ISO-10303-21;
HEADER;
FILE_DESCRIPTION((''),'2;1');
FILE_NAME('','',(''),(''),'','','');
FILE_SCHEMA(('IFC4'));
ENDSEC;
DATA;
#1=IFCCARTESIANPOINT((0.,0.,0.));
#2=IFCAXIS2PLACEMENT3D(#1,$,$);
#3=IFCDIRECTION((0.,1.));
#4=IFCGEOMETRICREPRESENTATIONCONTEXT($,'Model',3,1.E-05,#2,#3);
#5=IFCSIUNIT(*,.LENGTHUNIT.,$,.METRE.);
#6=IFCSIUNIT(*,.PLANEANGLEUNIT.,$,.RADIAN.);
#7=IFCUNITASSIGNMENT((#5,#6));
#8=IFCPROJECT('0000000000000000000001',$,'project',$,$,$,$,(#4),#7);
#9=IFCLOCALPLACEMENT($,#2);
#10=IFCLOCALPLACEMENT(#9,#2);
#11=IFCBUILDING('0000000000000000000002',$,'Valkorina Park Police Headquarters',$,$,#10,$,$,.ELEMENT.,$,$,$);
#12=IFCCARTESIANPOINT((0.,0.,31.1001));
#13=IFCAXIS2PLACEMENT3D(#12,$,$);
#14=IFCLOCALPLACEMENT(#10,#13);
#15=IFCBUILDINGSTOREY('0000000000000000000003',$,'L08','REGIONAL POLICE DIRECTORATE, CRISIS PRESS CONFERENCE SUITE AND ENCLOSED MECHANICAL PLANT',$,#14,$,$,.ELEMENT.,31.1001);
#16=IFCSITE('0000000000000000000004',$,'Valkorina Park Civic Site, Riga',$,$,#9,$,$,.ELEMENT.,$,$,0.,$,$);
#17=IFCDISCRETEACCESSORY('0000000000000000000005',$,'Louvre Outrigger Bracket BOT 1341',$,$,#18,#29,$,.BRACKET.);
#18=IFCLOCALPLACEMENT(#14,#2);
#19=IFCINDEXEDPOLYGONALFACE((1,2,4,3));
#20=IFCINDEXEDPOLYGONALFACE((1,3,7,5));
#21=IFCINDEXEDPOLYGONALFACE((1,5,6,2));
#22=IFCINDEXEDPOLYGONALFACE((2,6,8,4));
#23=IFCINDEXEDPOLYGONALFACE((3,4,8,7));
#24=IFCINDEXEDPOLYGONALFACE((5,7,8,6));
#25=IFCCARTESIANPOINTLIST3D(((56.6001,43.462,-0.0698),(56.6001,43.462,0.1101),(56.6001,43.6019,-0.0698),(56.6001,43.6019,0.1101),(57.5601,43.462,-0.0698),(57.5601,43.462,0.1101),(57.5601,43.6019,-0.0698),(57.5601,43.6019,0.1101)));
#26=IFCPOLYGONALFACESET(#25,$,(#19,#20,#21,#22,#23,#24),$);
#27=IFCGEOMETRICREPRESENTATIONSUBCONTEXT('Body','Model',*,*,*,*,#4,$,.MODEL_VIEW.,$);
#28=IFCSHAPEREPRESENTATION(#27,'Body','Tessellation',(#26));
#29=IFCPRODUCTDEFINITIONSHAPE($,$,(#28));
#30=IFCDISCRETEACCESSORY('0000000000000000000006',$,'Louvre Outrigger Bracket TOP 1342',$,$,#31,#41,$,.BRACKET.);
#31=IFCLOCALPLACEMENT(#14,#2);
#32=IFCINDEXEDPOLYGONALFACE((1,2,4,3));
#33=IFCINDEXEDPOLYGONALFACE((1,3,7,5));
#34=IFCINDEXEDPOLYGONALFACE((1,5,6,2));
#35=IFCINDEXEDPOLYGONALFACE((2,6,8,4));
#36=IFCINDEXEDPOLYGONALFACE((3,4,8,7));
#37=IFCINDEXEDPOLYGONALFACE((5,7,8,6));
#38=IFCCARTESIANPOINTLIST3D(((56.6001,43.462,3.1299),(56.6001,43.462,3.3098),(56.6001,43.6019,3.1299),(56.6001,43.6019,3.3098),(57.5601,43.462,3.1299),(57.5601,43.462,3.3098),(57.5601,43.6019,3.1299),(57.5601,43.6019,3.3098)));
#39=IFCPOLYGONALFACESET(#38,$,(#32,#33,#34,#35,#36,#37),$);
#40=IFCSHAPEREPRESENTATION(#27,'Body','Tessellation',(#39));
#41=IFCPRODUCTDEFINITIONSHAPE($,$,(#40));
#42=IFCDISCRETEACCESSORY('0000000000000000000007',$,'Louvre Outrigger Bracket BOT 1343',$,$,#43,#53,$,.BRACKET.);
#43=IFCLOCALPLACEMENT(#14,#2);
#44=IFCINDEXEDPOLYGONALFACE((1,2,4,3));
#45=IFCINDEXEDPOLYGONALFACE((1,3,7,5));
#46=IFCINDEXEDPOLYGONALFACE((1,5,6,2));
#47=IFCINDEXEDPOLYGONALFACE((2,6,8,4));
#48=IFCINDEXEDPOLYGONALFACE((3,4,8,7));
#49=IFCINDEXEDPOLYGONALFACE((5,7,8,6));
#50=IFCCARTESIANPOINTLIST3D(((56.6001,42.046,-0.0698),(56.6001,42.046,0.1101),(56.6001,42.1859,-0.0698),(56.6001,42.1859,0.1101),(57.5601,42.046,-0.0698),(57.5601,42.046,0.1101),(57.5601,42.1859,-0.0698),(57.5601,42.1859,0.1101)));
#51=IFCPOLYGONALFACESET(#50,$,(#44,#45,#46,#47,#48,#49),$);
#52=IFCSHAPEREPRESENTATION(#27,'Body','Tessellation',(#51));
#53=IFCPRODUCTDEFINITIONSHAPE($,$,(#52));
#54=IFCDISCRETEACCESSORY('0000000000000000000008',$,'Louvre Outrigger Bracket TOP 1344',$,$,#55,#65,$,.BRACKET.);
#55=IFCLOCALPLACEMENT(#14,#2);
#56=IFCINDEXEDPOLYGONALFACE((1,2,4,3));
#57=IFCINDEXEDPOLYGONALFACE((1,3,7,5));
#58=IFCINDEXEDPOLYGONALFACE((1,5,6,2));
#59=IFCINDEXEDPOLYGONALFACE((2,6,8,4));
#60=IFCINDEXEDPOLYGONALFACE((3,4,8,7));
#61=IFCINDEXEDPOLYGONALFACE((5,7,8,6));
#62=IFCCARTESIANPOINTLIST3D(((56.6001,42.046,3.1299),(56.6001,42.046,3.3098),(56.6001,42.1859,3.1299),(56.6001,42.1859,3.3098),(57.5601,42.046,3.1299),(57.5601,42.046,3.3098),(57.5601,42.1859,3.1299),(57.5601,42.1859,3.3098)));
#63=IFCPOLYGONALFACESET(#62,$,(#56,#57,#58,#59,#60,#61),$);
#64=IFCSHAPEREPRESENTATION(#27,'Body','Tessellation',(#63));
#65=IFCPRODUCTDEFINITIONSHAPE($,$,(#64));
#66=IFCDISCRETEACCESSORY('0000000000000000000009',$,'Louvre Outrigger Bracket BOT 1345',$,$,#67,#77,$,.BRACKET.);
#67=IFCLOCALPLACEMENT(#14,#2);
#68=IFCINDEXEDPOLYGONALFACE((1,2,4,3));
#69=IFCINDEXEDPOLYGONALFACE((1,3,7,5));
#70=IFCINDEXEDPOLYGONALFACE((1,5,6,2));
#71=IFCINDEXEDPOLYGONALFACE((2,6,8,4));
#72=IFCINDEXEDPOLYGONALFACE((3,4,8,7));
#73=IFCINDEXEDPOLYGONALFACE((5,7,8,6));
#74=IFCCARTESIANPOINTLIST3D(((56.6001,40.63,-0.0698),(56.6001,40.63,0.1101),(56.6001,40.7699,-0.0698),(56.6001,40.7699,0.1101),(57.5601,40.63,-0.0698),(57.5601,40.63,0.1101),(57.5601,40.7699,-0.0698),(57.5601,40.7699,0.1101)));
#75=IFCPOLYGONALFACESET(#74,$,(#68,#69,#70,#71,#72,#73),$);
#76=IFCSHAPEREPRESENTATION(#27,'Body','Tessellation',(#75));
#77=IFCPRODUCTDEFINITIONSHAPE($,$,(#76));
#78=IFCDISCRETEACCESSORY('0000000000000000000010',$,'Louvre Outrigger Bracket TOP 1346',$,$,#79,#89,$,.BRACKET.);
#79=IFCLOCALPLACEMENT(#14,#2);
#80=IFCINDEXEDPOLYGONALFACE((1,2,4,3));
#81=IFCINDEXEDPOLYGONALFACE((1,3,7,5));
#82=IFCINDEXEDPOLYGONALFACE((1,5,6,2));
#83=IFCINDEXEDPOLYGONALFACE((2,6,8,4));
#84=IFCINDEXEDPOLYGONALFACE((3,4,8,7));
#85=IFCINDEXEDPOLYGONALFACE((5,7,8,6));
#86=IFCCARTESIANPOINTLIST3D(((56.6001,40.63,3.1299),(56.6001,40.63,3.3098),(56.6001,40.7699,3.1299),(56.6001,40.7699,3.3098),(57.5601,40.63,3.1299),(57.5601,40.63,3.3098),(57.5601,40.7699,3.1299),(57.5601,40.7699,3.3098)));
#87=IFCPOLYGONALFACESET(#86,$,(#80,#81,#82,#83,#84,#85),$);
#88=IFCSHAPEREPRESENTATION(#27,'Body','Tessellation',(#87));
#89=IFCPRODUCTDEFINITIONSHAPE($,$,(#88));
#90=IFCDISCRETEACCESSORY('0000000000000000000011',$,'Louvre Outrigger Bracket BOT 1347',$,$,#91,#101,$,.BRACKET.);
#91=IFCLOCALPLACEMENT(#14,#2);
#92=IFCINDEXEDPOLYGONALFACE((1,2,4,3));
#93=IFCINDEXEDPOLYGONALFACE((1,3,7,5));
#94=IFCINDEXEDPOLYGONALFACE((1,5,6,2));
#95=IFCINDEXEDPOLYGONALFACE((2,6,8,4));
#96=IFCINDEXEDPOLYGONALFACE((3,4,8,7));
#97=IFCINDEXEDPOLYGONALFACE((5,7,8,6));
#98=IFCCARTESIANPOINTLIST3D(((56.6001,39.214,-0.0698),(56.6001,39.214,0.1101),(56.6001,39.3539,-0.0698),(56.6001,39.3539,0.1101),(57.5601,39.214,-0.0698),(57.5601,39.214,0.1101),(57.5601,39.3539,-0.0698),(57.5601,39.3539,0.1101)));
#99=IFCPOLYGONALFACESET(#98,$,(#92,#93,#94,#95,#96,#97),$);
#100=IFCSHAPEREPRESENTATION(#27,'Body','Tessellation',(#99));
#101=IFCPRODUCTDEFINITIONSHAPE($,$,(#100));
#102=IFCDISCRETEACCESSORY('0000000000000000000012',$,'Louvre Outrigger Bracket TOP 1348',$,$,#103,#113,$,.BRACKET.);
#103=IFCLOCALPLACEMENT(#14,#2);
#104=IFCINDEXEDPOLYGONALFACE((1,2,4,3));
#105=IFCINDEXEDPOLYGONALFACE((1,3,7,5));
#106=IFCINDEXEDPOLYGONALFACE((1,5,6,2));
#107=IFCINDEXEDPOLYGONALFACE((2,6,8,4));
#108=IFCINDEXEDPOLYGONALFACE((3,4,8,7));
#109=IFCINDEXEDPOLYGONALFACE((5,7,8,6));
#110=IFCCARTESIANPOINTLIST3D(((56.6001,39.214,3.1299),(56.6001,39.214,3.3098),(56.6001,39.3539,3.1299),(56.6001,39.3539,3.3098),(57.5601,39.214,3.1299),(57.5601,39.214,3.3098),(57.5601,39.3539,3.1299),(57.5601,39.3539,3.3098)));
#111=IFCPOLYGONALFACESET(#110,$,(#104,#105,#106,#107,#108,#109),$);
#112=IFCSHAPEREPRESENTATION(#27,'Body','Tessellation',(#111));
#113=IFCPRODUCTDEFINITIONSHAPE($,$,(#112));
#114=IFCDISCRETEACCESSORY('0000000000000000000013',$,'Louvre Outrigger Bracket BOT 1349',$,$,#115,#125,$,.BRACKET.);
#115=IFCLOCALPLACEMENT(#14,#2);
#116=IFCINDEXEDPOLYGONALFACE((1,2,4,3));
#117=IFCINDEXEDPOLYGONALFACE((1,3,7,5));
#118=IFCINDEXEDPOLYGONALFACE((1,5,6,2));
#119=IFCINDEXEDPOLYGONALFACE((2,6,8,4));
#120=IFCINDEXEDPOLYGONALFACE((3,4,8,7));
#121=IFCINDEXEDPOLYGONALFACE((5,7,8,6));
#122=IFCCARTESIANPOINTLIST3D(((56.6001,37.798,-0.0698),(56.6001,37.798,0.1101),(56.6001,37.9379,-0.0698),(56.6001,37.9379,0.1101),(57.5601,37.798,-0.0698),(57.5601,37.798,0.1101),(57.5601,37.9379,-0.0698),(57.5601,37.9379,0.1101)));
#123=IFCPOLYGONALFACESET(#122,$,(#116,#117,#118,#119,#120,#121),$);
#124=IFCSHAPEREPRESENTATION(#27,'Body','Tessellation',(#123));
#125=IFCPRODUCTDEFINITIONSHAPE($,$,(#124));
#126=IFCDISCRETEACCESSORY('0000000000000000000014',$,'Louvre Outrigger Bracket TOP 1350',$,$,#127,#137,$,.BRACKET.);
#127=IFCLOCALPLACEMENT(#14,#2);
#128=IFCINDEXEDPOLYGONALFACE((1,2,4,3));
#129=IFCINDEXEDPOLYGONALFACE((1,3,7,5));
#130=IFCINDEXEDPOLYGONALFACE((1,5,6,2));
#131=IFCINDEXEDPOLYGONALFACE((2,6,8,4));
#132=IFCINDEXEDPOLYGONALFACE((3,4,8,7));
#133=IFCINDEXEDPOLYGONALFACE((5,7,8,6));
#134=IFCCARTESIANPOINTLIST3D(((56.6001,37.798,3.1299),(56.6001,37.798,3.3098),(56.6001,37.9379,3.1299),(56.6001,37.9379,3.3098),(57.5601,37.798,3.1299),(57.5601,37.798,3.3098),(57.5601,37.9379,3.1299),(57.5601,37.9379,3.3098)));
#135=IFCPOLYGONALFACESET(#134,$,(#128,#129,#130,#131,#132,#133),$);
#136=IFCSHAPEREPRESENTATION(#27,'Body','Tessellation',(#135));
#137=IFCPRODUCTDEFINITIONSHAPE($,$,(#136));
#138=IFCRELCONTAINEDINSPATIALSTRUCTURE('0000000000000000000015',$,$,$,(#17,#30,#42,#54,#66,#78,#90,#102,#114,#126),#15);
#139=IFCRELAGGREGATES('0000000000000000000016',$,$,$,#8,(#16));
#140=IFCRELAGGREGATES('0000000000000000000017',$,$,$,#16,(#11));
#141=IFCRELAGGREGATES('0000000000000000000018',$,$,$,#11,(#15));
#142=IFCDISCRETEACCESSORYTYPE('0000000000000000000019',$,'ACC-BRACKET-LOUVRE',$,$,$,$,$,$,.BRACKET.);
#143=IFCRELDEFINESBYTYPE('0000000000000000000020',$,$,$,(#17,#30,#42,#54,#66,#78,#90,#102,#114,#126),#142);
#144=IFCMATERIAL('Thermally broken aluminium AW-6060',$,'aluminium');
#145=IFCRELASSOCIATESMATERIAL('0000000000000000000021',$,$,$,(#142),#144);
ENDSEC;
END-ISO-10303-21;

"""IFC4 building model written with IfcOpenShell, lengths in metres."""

from ifc_helpers import new_model, si_unit, direction, frame, origin, origin_2d, place, context, subcontext, project, spatial, rectangle, extrude, material, type_object, element, save


model = new_model("IFC4")

# Units and contexts
model_context = context("Model", 3, precision=1e-05, world=origin(), true_north=direction((0.0, 1.0)))
body_context = subcontext(model_context, "Body", "Model", "MODEL_VIEW")
ifc_project = project(units=[si_unit("LENGTHUNIT", "METRE"), si_unit("PLANEANGLEUNIT", "RADIAN")], contexts=[model_context])

# Site, building, storey
site_placement = place(None, origin())
site = spatial("IfcSite", under=ifc_project, at=site_placement, Name="Valkorina Park Civic Site, Riga", CompositionType="ELEMENT", RefElevation=0.0)
building_placement = place(site_placement, origin())
building = spatial("IfcBuilding", under=site, at=building_placement, Name="Valkorina Park Police Headquarters", CompositionType="ELEMENT")
storey_placement = place(building_placement, frame((0.0, 0.0, 31.1001)))
storey = spatial("IfcBuildingStorey", under=building, at=storey_placement, Name="L08", Description="REGIONAL POLICE DIRECTORATE, CRISIS PRESS CONFERENCE SUITE AND ENCLOSED MECHANICAL PLANT", CompositionType="ELEMENT", Elevation=31.1001)

# Shared definitions
ifc_material_1 = material(Name="Thermally broken aluminium AW-6060", Category="aluminium")

# Discrete accessories
discrete_accessory_type = type_object("IfcDiscreteAccessoryType", Name="ACC-BRACKET-LOUVRE", PredefinedType="BRACKET", material=ifc_material_1)
for number, where, z_axis, x_axis, name in (
    (1, (57.0801, 43.532, -0.0698), (0.0, 0.0, 1.0), (1.0, 0.0, 0.0), "Louvre Outrigger Bracket BOT 1341"),
    (2, (57.0801, 43.532, 3.1299), (0.0, 0.0, 1.0), (1.0, 0.0, 0.0), "Louvre Outrigger Bracket TOP 1342"),
    (3, (57.0801, 42.116, -0.0698), (0.0, 0.0, 1.0), (1.0, 0.0, 0.0), "Louvre Outrigger Bracket BOT 1343"),
    (4, (57.0801, 42.116, 3.1299), (0.0, 0.0, 1.0), (1.0, 0.0, 0.0), "Louvre Outrigger Bracket TOP 1344"),
    (5, (57.0801, 40.7, -0.0698), (0.0, 0.0, 1.0), (1.0, 0.0, 0.0), "Louvre Outrigger Bracket BOT 1345"),
    (6, (57.0801, 40.7, 3.1299), (0.0, 0.0, 1.0), (1.0, 0.0, 0.0), "Louvre Outrigger Bracket TOP 1346"),
    (7, (57.0801, 39.2839, -0.0698), (0.0, 0.0, 1.0), (1.0, 0.0, 0.0), "Louvre Outrigger Bracket BOT 1347"),
    (8, (57.0801, 39.2839, 3.1299), (0.0, 0.0, 1.0), (1.0, 0.0, 0.0), "Louvre Outrigger Bracket TOP 1348"),
    (9, (57.0801, 37.8679, -0.0698), (0.0, 0.0, 1.0), (1.0, 0.0, 0.0), "Louvre Outrigger Bracket BOT 1349"),
    (10, (57.0801, 37.8679, 3.1299), (0.0, 0.0, 1.0), (1.0, 0.0, 0.0), "Louvre Outrigger Bracket TOP 1350"),
):
    element("IfcDiscreteAccessory", number, at=place(storey_placement, frame(where, z_axis=z_axis, x_axis=x_axis)), inside=storey, type_object=discrete_accessory_type, Name=name, PredefinedType="BRACKET", context=body_context, shape_type="SweptSolid", body=[
        extrude(rectangle(XDim=0.96, YDim=0.1399, at=origin_2d()), origin(), (0.0, 0.0, 1.0), 0.1799),
    ])

save(model, "model.ifc")
